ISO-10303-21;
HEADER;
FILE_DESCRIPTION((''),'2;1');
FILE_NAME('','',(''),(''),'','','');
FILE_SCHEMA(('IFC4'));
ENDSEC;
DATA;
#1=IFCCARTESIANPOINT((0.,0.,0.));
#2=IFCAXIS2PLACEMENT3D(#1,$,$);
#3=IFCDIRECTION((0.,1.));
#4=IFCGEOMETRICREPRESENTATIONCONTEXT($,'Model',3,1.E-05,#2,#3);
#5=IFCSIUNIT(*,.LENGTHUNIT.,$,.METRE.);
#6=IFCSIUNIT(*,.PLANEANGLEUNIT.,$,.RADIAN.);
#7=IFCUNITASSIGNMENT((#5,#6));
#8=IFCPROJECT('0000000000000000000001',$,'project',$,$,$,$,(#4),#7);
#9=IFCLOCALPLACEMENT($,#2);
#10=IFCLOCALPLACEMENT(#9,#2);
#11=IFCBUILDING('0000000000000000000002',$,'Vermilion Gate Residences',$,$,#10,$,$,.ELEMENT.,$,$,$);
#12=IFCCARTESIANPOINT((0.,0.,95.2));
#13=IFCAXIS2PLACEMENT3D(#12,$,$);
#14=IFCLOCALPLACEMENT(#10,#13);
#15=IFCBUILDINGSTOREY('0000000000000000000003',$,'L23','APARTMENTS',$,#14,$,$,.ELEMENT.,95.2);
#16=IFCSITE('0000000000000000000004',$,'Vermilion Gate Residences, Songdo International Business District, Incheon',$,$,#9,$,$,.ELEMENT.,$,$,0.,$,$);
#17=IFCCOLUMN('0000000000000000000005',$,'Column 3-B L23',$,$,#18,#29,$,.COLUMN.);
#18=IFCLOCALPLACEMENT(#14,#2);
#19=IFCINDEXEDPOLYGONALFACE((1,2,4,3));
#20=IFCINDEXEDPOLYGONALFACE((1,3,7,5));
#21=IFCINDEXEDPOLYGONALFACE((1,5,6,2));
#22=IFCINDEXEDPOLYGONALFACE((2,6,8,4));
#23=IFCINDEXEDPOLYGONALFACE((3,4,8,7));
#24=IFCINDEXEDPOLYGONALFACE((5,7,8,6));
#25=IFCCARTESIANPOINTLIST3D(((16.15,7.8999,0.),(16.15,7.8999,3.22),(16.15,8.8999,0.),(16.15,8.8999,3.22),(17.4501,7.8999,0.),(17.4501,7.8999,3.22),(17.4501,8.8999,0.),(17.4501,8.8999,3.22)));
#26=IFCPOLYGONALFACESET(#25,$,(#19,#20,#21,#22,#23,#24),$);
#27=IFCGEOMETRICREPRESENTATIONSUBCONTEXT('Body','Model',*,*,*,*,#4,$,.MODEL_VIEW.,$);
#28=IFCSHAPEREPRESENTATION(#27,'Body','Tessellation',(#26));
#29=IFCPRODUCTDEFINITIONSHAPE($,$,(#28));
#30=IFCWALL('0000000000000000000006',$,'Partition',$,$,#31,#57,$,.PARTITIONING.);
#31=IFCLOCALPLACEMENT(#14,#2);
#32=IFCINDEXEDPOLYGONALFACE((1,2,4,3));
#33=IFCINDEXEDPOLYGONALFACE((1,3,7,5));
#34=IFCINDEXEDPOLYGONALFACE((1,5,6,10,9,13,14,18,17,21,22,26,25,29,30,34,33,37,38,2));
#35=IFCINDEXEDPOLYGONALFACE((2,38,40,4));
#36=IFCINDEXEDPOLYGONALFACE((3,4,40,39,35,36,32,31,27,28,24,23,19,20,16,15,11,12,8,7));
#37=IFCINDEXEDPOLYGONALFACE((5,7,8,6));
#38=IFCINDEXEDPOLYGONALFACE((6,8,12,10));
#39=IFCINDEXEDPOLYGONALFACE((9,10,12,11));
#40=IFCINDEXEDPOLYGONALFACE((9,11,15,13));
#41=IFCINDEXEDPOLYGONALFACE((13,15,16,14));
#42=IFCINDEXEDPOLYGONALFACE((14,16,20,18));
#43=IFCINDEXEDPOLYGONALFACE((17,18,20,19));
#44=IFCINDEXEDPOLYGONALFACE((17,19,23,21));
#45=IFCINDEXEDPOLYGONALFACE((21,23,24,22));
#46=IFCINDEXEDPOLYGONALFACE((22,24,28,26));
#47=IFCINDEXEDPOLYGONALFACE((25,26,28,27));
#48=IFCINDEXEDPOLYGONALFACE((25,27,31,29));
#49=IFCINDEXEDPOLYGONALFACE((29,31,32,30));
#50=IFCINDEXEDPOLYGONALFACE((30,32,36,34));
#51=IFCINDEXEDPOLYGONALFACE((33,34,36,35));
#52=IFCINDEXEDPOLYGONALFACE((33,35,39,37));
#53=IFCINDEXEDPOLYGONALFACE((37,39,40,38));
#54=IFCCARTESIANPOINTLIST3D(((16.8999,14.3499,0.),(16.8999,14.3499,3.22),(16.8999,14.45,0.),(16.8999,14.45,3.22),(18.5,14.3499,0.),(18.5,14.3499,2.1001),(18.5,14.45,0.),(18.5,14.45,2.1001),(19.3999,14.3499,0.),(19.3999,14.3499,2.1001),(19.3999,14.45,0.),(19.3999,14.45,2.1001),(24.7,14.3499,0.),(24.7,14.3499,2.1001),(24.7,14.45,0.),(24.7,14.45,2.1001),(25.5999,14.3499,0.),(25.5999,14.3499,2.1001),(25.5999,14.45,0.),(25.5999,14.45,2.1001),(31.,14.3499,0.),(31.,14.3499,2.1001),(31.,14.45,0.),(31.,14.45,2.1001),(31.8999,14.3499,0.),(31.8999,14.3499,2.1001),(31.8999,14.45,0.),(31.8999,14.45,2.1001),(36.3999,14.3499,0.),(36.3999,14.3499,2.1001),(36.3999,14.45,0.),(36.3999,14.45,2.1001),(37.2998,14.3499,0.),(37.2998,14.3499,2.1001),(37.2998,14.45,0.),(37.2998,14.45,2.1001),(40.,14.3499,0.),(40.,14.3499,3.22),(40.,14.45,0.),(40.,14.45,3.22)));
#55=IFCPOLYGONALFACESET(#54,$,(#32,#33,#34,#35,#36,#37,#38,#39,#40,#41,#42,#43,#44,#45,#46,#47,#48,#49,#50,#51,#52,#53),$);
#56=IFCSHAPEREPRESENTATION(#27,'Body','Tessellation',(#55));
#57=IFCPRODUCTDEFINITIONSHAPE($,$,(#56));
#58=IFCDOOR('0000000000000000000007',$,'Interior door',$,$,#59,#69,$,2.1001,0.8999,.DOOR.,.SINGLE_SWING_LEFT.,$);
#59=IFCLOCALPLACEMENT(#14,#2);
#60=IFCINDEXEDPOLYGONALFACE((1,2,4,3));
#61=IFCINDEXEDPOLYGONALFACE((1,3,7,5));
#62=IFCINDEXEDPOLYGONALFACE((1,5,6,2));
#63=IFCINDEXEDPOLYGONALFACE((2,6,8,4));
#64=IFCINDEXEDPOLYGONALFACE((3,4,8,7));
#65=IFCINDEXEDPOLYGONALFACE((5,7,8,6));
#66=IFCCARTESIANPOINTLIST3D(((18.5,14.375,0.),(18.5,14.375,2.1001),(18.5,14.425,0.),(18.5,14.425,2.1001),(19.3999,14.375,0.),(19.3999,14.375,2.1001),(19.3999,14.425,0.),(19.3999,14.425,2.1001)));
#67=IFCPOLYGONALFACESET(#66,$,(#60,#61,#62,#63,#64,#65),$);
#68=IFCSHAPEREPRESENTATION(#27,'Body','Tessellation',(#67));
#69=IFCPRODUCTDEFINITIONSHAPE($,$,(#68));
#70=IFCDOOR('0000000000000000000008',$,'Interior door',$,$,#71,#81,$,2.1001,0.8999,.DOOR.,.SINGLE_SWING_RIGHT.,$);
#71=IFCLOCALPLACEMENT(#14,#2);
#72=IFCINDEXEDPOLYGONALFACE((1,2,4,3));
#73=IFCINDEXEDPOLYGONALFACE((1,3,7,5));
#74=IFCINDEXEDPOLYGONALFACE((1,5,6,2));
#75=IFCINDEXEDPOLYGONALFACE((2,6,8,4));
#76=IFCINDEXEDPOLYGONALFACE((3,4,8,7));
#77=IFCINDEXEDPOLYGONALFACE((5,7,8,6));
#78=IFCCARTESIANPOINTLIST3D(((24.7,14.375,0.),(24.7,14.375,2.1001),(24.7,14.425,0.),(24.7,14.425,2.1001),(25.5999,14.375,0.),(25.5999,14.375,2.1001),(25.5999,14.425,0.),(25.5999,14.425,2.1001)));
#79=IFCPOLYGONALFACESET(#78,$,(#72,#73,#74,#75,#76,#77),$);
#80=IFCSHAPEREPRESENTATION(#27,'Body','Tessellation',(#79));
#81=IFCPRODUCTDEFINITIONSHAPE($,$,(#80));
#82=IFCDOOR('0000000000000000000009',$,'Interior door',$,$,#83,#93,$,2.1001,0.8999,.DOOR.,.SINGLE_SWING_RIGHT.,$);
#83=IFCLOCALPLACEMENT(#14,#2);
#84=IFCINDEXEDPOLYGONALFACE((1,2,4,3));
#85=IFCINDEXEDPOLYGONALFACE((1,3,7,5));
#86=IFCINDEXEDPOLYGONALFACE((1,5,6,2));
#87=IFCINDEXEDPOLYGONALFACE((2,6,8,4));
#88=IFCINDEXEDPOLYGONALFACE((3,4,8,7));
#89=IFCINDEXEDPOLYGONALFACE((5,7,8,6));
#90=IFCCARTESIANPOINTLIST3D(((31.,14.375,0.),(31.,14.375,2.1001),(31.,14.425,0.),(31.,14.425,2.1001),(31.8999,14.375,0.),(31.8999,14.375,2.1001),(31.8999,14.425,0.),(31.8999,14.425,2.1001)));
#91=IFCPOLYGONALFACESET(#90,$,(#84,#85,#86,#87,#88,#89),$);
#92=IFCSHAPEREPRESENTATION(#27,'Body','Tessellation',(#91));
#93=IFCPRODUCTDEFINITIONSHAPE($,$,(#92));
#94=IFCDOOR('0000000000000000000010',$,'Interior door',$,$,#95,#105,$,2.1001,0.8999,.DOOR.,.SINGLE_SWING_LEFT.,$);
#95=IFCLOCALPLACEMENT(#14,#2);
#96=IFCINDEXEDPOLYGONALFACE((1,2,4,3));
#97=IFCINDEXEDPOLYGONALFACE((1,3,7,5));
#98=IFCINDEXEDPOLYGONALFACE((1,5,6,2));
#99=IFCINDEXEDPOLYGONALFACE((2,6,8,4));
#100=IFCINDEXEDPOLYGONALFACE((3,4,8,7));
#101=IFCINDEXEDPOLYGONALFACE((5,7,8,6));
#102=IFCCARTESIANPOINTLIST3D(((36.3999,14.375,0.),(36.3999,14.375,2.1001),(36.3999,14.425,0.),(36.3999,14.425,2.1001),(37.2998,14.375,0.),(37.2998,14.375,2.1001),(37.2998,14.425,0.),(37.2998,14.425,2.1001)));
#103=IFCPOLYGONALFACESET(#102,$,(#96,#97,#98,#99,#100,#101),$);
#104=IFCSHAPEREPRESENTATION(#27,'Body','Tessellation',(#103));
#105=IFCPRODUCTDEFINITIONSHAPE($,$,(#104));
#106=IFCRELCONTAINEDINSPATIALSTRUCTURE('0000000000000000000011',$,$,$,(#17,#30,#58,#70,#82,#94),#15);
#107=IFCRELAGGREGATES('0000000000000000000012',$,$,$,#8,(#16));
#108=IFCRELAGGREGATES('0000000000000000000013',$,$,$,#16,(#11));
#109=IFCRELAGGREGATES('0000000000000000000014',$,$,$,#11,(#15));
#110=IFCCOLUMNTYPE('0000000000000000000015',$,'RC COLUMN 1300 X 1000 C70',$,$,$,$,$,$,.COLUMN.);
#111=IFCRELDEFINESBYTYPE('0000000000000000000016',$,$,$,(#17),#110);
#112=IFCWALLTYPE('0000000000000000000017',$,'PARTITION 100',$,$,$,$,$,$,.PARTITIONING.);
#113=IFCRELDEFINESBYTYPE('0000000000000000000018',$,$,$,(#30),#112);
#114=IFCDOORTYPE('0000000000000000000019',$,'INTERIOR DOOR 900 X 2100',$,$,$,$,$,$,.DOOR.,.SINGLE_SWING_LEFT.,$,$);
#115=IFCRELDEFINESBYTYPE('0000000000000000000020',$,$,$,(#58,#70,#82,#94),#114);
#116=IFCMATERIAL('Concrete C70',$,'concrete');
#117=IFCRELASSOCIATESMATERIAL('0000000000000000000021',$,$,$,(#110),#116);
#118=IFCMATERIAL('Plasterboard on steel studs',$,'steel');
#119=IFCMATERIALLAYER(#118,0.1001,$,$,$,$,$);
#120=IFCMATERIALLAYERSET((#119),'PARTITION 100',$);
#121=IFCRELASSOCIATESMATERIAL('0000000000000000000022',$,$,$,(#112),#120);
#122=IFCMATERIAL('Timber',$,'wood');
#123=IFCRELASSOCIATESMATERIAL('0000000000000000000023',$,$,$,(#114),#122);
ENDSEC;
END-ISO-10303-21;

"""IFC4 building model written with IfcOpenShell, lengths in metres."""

from ifc_helpers import new_model, si_unit, direction, frame, frame_2d, origin, origin_2d, place, context, subcontext, project, spatial, rectangle, extrude, material, layer, layer_set, material_profile, profile_set, type_object, element, fill, save


model = new_model("IFC4")

# Units and contexts
model_context = context("Model", 3, precision=1e-05, world=origin(), true_north=direction((0.0, 1.0)))
body_context = subcontext(model_context, "Body", "Model", "MODEL_VIEW")
ifc_project = project(units=[si_unit("LENGTHUNIT", "METRE"), si_unit("PLANEANGLEUNIT", "RADIAN")], contexts=[model_context])

# Site, building, storey
site_placement = place(None, origin())
site = spatial("IfcSite", under=ifc_project, at=site_placement, Name="Vermilion Gate Residences, Songdo International Business District, Incheon", CompositionType="ELEMENT", RefElevation=0.0)
building_placement = place(site_placement, origin())
building = spatial("IfcBuilding", under=site, at=building_placement, Name="Vermilion Gate Residences", CompositionType="ELEMENT")
storey_placement = place(building_placement, frame((0.0, 0.0, 95.2)))
storey = spatial("IfcBuildingStorey", under=building, at=storey_placement, Name="L23", Description="APARTMENTS", CompositionType="ELEMENT", Elevation=95.2)

# Column
ifc_material_1 = material(Name="Concrete C70", Category="concrete")
ifc_material_profile_1 = material_profile(ifc_material_1, rectangle(XDim=1.3, YDim=1.0, at=origin_2d()), Name="RC-1300x1000")
ifc_profile_set_1 = profile_set([ifc_material_profile_1], Name="Concrete C70")
column_type = type_object("IfcColumnType", Name="RC COLUMN 1300 X 1000 C70", PredefinedType="COLUMN", material=ifc_profile_set_1)
column_placement = place(storey_placement, frame((16.8, 8.3999, 0.0), z_axis=(0.0, 0.0, 1.0), x_axis=(1.0, 0.0, 0.0)))
element("IfcColumn", 1, at=column_placement, inside=storey, type_object=column_type, Name="Column 3-B L23", PredefinedType="COLUMN", context=body_context, shape_type="SweptSolid", body=[
    extrude(rectangle(XDim=1.3, YDim=1.0, at=origin_2d()), origin(), (0.0, 0.0, 1.0), 3.22),
])

# Wall, openings, doors
ifc_material_2 = material(Name="Plasterboard on steel studs", Category="steel")
ifc_layer_1 = layer(ifc_material_2, 0.1001)
ifc_layer_set_1 = layer_set([ifc_layer_1], Name="PARTITION 100")
wall_type_1 = type_object("IfcWallType", Name="PARTITION 100", PredefinedType="PARTITIONING", material=ifc_layer_set_1)
wall_1_placement = place(storey_placement, frame((16.8999, 14.3999, 0.0), z_axis=(0.0, 0.0, 1.0), x_axis=(1.0, 0.0, 0.0)))
wall_1 = element("IfcWall", 2, at=wall_1_placement, inside=storey, type_object=wall_type_1, Name="Partition", PredefinedType="PARTITIONING", context=body_context, shape_type="SweptSolid", body=[
    extrude(rectangle(XDim=23.1001, YDim=0.1001, at=frame_2d((11.55, 0.0))), origin(), (0.0, 0.0, 1.0), 3.22),
])
opening_1_placement = place(wall_1_placement, frame((1.6001, 0.0, 0.0)))
opening_1 = element("IfcOpeningElement", 3, at=opening_1_placement, cuts=wall_1, PredefinedType="OPENING", context=body_context, shape_type="SweptSolid", body=[
    extrude(rectangle(XDim=0.8999, YDim=2.1001, at=frame_2d((0.45, 1.05))), frame((0.0, 0.0601, 0.0), z_axis=(0.0, -1.0, 0.0), x_axis=(1.0, 0.0, 0.0)), (0.0, 0.0, 1.0), 0.1201),
])
opening_2_placement = place(wall_1_placement, frame((7.8, 0.0, 0.0)))
opening_2 = element("IfcOpeningElement", 4, at=opening_2_placement, cuts=wall_1, PredefinedType="OPENING", context=body_context, shape_type="SweptSolid", body=[
    extrude(rectangle(XDim=0.8999, YDim=2.1001, at=frame_2d((0.45, 1.05))), frame((0.0, 0.0601, 0.0), z_axis=(0.0, -1.0, 0.0), x_axis=(1.0, 0.0, 0.0)), (0.0, 0.0, 1.0), 0.1201),
])
opening_3_placement = place(wall_1_placement, frame((14.1001, 0.0, 0.0)))
opening_3 = element("IfcOpeningElement", 5, at=opening_3_placement, cuts=wall_1, PredefinedType="OPENING", context=body_context, shape_type="SweptSolid", body=[
    extrude(rectangle(XDim=0.8999, YDim=2.1001, at=frame_2d((0.45, 1.05))), frame((0.0, 0.0601, 0.0), z_axis=(0.0, -1.0, 0.0), x_axis=(1.0, 0.0, 0.0)), (0.0, 0.0, 1.0), 0.1201),
])
opening_4_placement = place(wall_1_placement, frame((19.5, 0.0, 0.0)))
opening_4 = element("IfcOpeningElement", 6, at=opening_4_placement, cuts=wall_1, PredefinedType="OPENING", context=body_context, shape_type="SweptSolid", body=[
    extrude(rectangle(XDim=0.8999, YDim=2.1001, at=frame_2d((0.45, 1.05))), frame((0.0, 0.0601, 0.0), z_axis=(0.0, -1.0, 0.0), x_axis=(1.0, 0.0, 0.0)), (0.0, 0.0, 1.0), 0.1201),
])
ifc_material_3 = material(Name="Timber", Category="wood")
door_type_1 = type_object("IfcDoorType", Name="INTERIOR DOOR 900 X 2100", OperationType="SINGLE_SWING_LEFT", PredefinedType="DOOR", material=ifc_material_3)
door_1_placement = place(opening_1_placement, frame((0.8999, 0.0, 0.0), z_axis=(0.0, 0.0, 1.0), x_axis=(-1.0, 0.0, 0.0)))
door_1 = element("IfcDoor", 7, at=door_1_placement, inside=storey, type_object=door_type_1, Name="Interior door", OperationType="SINGLE_SWING_LEFT", OverallHeight=2.1001, OverallWidth=0.8999, PredefinedType="DOOR", context=body_context, shape_type="SweptSolid", body=[
    extrude(rectangle(XDim=0.8999, YDim=2.1001, at=frame_2d((0.45, 1.05))), frame((0.0, 0.0249, 0.0), z_axis=(0.0, -1.0, 0.0), x_axis=(1.0, 0.0, 0.0)), (0.0, 0.0, 1.0), 0.05),
])
fill(opening_1, door_1)
door_2_placement = place(opening_2_placement, frame((0.8999, 0.0, 0.0), z_axis=(0.0, 0.0, 1.0), x_axis=(-1.0, 0.0, 0.0)))
door_2 = element("IfcDoor", 8, at=door_2_placement, inside=storey, type_object=door_type_1, Name="Interior door", OperationType="SINGLE_SWING_RIGHT", OverallHeight=2.1001, OverallWidth=0.8999, PredefinedType="DOOR", context=body_context, shape_type="SweptSolid", body=[
    extrude(rectangle(XDim=0.8999, YDim=2.1001, at=frame_2d((0.45, 1.05))), frame((0.0, 0.0249, 0.0), z_axis=(0.0, -1.0, 0.0), x_axis=(1.0, 0.0, 0.0)), (0.0, 0.0, 1.0), 0.05),
])
fill(opening_2, door_2)
door_3_placement = place(opening_3_placement, frame((0.8999, 0.0, 0.0), z_axis=(0.0, 0.0, 1.0), x_axis=(-1.0, 0.0, 0.0)))
door_3 = element("IfcDoor", 9, at=door_3_placement, inside=storey, type_object=door_type_1, Name="Interior door", OperationType="SINGLE_SWING_RIGHT", OverallHeight=2.1001, OverallWidth=0.8999, PredefinedType="DOOR", context=body_context, shape_type="SweptSolid", body=[
    extrude(rectangle(XDim=0.8999, YDim=2.1001, at=frame_2d((0.45, 1.05))), frame((0.0, 0.0249, 0.0), z_axis=(0.0, -1.0, 0.0), x_axis=(1.0, 0.0, 0.0)), (0.0, 0.0, 1.0), 0.05),
])
fill(opening_3, door_3)
door_4_placement = place(opening_4_placement, frame((0.8999, 0.0, 0.0), z_axis=(0.0, 0.0, 1.0), x_axis=(-1.0, 0.0, 0.0)))
door_4 = element("IfcDoor", 10, at=door_4_placement, inside=storey, type_object=door_type_1, Name="Interior door", OperationType="SINGLE_SWING_LEFT", OverallHeight=2.1001, OverallWidth=0.8999, PredefinedType="DOOR", context=body_context, shape_type="SweptSolid", body=[
    extrude(rectangle(XDim=0.8999, YDim=2.1001, at=frame_2d((0.45, 1.05))), frame((0.0, 0.0249, 0.0), z_axis=(0.0, -1.0, 0.0), x_axis=(1.0, 0.0, 0.0)), (0.0, 0.0, 1.0), 0.05),
])
fill(opening_4, door_4)

save(model, "model.ifc")
